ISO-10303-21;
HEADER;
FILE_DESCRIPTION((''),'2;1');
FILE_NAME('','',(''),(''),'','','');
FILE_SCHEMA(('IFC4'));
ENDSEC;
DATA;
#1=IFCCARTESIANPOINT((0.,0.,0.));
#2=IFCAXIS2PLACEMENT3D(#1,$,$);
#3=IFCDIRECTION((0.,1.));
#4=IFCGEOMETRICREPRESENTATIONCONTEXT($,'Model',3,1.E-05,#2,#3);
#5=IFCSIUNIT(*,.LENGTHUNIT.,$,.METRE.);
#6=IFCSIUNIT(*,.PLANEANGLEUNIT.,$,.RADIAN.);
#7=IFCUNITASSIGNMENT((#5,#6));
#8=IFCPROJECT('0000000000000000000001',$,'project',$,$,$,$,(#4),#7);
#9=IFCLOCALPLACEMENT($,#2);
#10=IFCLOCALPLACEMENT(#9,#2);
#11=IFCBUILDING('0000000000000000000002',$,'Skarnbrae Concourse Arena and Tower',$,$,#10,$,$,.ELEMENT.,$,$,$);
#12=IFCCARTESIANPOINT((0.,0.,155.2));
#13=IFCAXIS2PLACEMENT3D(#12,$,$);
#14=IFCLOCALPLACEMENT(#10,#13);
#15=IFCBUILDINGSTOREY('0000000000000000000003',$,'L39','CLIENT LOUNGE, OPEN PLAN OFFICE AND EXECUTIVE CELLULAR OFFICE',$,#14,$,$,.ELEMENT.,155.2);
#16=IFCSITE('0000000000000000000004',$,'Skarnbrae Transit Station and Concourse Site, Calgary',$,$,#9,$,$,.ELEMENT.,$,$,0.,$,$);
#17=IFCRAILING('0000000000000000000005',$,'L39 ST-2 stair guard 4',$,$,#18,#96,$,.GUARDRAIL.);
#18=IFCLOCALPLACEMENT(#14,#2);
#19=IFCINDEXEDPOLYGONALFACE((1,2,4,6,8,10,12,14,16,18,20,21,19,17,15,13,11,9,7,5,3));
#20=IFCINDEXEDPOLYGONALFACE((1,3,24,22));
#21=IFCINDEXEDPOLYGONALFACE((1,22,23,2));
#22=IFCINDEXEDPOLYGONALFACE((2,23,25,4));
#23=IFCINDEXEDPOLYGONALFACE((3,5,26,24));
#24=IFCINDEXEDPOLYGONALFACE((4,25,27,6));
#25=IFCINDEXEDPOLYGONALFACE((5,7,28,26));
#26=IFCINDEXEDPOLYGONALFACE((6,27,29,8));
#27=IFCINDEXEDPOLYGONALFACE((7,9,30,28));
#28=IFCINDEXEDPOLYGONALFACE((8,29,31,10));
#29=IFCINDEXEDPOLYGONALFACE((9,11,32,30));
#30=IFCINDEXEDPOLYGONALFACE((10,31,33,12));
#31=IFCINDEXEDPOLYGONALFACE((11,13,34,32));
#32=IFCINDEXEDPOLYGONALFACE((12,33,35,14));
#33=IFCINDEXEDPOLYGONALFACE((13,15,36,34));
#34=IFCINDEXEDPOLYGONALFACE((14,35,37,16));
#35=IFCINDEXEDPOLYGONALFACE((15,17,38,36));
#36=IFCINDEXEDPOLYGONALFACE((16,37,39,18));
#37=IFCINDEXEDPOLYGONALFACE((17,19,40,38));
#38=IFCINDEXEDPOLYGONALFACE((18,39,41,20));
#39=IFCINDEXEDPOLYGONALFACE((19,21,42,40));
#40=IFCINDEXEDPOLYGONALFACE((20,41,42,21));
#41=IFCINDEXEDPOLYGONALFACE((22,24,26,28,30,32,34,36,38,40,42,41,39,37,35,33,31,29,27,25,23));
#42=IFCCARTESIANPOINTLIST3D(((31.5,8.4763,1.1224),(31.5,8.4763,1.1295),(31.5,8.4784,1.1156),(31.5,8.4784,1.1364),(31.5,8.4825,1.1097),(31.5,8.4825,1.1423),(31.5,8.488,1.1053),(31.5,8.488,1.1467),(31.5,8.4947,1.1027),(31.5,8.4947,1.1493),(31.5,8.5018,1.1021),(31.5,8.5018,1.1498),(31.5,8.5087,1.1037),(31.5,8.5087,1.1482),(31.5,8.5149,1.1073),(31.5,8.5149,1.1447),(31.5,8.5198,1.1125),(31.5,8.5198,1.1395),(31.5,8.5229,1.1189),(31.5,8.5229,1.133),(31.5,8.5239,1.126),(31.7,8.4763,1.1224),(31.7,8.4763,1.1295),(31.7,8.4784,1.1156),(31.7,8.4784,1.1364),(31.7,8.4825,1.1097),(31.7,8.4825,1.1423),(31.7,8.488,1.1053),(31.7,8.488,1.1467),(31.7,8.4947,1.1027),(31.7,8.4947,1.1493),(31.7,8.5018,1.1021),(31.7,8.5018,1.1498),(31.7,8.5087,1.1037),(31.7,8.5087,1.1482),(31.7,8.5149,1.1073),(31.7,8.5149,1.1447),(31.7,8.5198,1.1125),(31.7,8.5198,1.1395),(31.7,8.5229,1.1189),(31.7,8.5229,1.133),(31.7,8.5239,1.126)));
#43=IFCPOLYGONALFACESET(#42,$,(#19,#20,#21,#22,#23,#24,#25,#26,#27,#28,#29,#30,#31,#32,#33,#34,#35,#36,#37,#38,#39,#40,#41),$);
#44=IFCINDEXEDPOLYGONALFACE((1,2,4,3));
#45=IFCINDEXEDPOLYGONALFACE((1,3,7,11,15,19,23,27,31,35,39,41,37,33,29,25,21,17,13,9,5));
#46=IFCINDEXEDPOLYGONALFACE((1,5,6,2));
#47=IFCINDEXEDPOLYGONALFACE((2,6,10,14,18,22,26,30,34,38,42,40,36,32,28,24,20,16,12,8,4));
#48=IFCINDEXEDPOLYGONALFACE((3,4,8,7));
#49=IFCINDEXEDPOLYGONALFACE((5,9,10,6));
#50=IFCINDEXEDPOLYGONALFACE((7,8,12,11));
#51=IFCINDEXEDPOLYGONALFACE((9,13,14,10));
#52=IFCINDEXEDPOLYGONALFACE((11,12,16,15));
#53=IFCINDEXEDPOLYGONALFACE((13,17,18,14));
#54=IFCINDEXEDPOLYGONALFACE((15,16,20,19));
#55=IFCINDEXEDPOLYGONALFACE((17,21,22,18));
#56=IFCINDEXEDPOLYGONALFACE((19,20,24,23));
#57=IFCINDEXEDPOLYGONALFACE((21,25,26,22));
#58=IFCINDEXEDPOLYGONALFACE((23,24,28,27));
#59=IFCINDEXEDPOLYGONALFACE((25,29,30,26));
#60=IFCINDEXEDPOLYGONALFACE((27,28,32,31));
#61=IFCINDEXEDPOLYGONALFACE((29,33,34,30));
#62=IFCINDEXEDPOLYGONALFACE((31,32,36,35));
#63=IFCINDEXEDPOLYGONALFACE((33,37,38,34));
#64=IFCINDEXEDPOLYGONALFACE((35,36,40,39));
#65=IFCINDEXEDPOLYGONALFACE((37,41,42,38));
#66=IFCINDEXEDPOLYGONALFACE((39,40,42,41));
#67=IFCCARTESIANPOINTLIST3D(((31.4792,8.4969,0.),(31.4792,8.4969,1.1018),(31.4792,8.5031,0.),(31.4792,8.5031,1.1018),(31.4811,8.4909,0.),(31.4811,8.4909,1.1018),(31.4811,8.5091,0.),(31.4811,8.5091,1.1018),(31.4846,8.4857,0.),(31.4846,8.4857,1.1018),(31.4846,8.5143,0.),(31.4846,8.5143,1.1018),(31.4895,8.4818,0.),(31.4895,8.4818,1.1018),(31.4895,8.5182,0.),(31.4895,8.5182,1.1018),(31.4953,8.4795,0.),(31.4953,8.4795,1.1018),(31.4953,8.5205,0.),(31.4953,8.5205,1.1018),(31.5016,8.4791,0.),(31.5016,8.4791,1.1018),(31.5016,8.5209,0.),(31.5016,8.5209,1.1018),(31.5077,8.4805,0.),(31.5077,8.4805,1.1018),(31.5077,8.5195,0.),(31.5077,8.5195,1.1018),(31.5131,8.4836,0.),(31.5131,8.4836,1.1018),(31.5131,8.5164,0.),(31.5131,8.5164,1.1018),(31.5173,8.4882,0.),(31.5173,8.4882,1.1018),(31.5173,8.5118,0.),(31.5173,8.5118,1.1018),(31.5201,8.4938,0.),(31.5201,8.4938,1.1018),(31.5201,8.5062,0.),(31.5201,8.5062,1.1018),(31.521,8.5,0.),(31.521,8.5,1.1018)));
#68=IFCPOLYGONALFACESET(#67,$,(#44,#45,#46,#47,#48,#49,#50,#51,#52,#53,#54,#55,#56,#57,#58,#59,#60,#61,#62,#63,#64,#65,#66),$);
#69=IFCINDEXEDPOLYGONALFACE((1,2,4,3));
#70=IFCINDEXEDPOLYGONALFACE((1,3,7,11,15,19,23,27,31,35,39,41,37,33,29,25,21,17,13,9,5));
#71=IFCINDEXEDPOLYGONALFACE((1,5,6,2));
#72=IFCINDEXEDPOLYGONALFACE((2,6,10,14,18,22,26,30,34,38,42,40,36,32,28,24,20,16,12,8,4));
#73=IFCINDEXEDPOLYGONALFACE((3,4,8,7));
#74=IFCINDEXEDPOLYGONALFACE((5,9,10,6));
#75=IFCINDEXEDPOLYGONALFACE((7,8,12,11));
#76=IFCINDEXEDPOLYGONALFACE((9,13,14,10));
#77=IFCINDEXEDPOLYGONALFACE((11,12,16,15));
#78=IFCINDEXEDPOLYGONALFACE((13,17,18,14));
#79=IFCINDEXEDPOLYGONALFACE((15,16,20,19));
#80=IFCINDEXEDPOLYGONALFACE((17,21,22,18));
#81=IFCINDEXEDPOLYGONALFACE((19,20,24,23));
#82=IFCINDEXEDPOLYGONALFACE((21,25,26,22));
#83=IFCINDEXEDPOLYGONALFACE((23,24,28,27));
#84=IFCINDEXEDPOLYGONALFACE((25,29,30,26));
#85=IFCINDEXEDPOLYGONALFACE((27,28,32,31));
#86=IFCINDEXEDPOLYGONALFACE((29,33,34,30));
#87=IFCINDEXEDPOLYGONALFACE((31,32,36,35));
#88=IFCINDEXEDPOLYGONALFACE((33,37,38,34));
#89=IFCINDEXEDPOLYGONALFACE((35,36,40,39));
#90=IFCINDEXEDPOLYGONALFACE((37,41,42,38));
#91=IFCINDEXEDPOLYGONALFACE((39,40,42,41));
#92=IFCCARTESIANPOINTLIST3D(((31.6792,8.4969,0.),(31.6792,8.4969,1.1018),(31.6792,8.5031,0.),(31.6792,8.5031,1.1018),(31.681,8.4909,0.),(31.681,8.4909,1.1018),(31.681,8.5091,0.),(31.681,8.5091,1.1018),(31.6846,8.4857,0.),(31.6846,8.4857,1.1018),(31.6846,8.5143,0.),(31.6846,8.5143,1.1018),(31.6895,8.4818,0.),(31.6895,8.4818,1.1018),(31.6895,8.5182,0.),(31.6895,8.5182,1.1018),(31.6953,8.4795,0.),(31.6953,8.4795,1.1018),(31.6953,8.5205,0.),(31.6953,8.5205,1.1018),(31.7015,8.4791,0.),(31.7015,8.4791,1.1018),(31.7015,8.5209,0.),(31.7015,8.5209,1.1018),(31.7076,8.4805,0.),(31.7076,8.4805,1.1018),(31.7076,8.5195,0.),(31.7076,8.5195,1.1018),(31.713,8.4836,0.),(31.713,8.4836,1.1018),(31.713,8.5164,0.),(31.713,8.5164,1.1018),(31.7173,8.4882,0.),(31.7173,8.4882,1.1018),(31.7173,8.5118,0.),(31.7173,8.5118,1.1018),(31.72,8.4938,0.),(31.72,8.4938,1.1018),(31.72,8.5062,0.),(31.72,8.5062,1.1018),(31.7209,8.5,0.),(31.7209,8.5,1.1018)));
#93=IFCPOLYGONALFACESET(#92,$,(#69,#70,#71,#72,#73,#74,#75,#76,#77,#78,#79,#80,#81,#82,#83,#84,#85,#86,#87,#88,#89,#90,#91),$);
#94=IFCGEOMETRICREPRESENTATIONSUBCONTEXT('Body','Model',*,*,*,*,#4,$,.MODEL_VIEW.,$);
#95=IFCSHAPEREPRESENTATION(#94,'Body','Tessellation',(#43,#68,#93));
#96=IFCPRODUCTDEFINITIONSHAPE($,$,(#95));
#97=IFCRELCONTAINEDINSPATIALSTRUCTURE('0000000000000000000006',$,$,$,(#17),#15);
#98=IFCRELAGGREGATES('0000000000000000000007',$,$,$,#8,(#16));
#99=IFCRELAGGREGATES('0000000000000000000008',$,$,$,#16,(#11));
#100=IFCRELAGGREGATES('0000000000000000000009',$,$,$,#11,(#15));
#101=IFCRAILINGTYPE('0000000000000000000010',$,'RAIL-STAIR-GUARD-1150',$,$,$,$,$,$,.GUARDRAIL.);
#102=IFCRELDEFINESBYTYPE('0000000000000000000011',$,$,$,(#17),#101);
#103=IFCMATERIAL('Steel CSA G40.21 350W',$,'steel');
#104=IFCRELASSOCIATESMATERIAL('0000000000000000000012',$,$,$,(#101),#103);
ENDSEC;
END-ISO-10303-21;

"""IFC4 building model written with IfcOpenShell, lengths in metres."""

from ifc_helpers import new_model, si_unit, direction, frame, origin, origin_2d, place, context, subcontext, project, spatial, circle, extrude, material, type_object, element, save


model = new_model("IFC4")

# Units and contexts
model_context = context("Model", 3, precision=1e-05, world=origin(), true_north=direction((0.0, 1.0)))
body_context = subcontext(model_context, "Body", "Model", "MODEL_VIEW")
ifc_project = project(units=[si_unit("LENGTHUNIT", "METRE"), si_unit("PLANEANGLEUNIT", "RADIAN")], contexts=[model_context])

# Site, building, storey
site_placement = place(None, origin())
site = spatial("IfcSite", under=ifc_project, at=site_placement, Name="Skarnbrae Transit Station and Concourse Site, Calgary", CompositionType="ELEMENT", RefElevation=0.0)
building_placement = place(site_placement, origin())
building = spatial("IfcBuilding", under=site, at=building_placement, Name="Skarnbrae Concourse Arena and Tower", CompositionType="ELEMENT")
storey_placement = place(building_placement, frame((0.0, 0.0, 155.2)))
storey = spatial("IfcBuildingStorey", under=building, at=storey_placement, Name="L39", Description="CLIENT LOUNGE, OPEN PLAN OFFICE AND EXECUTIVE CELLULAR OFFICE", CompositionType="ELEMENT", Elevation=155.2)

# Shared definitions
ifc_material_1 = material(Name="Steel CSA G40.21 350W", Category="steel")

# Railing
railing_type_1 = type_object("IfcRailingType", Name="RAIL-STAIR-GUARD-1150", PredefinedType="GUARDRAIL", material=ifc_material_1)
railing_1_placement = place(storey_placement, frame((31.5, 8.5, 0.0)))
element("IfcRailing", 1, at=railing_1_placement, inside=storey, type_object=railing_type_1, Name="L39 ST-2 stair guard 4", PredefinedType="GUARDRAIL", context=body_context, shape_type="SweptSolid", body=[
    extrude(circle(Radius=0.0239, at=origin_2d()), frame((0.0, 0.0, 1.126), z_axis=(1.0, 0.0, 0.0), x_axis=(0.0, 1.0, 0.0)), (0.0, 0.0, 1.0), 0.2),
    extrude(circle(Radius=0.021, at=origin_2d()), origin(), (0.0, 0.0, 1.0), 1.1018),
    extrude(circle(Radius=0.021, at=origin_2d()), frame((0.2, 0.0, 0.0)), (0.0, 0.0, 1.0), 1.1018),
])

save(model, "model.ifc")
